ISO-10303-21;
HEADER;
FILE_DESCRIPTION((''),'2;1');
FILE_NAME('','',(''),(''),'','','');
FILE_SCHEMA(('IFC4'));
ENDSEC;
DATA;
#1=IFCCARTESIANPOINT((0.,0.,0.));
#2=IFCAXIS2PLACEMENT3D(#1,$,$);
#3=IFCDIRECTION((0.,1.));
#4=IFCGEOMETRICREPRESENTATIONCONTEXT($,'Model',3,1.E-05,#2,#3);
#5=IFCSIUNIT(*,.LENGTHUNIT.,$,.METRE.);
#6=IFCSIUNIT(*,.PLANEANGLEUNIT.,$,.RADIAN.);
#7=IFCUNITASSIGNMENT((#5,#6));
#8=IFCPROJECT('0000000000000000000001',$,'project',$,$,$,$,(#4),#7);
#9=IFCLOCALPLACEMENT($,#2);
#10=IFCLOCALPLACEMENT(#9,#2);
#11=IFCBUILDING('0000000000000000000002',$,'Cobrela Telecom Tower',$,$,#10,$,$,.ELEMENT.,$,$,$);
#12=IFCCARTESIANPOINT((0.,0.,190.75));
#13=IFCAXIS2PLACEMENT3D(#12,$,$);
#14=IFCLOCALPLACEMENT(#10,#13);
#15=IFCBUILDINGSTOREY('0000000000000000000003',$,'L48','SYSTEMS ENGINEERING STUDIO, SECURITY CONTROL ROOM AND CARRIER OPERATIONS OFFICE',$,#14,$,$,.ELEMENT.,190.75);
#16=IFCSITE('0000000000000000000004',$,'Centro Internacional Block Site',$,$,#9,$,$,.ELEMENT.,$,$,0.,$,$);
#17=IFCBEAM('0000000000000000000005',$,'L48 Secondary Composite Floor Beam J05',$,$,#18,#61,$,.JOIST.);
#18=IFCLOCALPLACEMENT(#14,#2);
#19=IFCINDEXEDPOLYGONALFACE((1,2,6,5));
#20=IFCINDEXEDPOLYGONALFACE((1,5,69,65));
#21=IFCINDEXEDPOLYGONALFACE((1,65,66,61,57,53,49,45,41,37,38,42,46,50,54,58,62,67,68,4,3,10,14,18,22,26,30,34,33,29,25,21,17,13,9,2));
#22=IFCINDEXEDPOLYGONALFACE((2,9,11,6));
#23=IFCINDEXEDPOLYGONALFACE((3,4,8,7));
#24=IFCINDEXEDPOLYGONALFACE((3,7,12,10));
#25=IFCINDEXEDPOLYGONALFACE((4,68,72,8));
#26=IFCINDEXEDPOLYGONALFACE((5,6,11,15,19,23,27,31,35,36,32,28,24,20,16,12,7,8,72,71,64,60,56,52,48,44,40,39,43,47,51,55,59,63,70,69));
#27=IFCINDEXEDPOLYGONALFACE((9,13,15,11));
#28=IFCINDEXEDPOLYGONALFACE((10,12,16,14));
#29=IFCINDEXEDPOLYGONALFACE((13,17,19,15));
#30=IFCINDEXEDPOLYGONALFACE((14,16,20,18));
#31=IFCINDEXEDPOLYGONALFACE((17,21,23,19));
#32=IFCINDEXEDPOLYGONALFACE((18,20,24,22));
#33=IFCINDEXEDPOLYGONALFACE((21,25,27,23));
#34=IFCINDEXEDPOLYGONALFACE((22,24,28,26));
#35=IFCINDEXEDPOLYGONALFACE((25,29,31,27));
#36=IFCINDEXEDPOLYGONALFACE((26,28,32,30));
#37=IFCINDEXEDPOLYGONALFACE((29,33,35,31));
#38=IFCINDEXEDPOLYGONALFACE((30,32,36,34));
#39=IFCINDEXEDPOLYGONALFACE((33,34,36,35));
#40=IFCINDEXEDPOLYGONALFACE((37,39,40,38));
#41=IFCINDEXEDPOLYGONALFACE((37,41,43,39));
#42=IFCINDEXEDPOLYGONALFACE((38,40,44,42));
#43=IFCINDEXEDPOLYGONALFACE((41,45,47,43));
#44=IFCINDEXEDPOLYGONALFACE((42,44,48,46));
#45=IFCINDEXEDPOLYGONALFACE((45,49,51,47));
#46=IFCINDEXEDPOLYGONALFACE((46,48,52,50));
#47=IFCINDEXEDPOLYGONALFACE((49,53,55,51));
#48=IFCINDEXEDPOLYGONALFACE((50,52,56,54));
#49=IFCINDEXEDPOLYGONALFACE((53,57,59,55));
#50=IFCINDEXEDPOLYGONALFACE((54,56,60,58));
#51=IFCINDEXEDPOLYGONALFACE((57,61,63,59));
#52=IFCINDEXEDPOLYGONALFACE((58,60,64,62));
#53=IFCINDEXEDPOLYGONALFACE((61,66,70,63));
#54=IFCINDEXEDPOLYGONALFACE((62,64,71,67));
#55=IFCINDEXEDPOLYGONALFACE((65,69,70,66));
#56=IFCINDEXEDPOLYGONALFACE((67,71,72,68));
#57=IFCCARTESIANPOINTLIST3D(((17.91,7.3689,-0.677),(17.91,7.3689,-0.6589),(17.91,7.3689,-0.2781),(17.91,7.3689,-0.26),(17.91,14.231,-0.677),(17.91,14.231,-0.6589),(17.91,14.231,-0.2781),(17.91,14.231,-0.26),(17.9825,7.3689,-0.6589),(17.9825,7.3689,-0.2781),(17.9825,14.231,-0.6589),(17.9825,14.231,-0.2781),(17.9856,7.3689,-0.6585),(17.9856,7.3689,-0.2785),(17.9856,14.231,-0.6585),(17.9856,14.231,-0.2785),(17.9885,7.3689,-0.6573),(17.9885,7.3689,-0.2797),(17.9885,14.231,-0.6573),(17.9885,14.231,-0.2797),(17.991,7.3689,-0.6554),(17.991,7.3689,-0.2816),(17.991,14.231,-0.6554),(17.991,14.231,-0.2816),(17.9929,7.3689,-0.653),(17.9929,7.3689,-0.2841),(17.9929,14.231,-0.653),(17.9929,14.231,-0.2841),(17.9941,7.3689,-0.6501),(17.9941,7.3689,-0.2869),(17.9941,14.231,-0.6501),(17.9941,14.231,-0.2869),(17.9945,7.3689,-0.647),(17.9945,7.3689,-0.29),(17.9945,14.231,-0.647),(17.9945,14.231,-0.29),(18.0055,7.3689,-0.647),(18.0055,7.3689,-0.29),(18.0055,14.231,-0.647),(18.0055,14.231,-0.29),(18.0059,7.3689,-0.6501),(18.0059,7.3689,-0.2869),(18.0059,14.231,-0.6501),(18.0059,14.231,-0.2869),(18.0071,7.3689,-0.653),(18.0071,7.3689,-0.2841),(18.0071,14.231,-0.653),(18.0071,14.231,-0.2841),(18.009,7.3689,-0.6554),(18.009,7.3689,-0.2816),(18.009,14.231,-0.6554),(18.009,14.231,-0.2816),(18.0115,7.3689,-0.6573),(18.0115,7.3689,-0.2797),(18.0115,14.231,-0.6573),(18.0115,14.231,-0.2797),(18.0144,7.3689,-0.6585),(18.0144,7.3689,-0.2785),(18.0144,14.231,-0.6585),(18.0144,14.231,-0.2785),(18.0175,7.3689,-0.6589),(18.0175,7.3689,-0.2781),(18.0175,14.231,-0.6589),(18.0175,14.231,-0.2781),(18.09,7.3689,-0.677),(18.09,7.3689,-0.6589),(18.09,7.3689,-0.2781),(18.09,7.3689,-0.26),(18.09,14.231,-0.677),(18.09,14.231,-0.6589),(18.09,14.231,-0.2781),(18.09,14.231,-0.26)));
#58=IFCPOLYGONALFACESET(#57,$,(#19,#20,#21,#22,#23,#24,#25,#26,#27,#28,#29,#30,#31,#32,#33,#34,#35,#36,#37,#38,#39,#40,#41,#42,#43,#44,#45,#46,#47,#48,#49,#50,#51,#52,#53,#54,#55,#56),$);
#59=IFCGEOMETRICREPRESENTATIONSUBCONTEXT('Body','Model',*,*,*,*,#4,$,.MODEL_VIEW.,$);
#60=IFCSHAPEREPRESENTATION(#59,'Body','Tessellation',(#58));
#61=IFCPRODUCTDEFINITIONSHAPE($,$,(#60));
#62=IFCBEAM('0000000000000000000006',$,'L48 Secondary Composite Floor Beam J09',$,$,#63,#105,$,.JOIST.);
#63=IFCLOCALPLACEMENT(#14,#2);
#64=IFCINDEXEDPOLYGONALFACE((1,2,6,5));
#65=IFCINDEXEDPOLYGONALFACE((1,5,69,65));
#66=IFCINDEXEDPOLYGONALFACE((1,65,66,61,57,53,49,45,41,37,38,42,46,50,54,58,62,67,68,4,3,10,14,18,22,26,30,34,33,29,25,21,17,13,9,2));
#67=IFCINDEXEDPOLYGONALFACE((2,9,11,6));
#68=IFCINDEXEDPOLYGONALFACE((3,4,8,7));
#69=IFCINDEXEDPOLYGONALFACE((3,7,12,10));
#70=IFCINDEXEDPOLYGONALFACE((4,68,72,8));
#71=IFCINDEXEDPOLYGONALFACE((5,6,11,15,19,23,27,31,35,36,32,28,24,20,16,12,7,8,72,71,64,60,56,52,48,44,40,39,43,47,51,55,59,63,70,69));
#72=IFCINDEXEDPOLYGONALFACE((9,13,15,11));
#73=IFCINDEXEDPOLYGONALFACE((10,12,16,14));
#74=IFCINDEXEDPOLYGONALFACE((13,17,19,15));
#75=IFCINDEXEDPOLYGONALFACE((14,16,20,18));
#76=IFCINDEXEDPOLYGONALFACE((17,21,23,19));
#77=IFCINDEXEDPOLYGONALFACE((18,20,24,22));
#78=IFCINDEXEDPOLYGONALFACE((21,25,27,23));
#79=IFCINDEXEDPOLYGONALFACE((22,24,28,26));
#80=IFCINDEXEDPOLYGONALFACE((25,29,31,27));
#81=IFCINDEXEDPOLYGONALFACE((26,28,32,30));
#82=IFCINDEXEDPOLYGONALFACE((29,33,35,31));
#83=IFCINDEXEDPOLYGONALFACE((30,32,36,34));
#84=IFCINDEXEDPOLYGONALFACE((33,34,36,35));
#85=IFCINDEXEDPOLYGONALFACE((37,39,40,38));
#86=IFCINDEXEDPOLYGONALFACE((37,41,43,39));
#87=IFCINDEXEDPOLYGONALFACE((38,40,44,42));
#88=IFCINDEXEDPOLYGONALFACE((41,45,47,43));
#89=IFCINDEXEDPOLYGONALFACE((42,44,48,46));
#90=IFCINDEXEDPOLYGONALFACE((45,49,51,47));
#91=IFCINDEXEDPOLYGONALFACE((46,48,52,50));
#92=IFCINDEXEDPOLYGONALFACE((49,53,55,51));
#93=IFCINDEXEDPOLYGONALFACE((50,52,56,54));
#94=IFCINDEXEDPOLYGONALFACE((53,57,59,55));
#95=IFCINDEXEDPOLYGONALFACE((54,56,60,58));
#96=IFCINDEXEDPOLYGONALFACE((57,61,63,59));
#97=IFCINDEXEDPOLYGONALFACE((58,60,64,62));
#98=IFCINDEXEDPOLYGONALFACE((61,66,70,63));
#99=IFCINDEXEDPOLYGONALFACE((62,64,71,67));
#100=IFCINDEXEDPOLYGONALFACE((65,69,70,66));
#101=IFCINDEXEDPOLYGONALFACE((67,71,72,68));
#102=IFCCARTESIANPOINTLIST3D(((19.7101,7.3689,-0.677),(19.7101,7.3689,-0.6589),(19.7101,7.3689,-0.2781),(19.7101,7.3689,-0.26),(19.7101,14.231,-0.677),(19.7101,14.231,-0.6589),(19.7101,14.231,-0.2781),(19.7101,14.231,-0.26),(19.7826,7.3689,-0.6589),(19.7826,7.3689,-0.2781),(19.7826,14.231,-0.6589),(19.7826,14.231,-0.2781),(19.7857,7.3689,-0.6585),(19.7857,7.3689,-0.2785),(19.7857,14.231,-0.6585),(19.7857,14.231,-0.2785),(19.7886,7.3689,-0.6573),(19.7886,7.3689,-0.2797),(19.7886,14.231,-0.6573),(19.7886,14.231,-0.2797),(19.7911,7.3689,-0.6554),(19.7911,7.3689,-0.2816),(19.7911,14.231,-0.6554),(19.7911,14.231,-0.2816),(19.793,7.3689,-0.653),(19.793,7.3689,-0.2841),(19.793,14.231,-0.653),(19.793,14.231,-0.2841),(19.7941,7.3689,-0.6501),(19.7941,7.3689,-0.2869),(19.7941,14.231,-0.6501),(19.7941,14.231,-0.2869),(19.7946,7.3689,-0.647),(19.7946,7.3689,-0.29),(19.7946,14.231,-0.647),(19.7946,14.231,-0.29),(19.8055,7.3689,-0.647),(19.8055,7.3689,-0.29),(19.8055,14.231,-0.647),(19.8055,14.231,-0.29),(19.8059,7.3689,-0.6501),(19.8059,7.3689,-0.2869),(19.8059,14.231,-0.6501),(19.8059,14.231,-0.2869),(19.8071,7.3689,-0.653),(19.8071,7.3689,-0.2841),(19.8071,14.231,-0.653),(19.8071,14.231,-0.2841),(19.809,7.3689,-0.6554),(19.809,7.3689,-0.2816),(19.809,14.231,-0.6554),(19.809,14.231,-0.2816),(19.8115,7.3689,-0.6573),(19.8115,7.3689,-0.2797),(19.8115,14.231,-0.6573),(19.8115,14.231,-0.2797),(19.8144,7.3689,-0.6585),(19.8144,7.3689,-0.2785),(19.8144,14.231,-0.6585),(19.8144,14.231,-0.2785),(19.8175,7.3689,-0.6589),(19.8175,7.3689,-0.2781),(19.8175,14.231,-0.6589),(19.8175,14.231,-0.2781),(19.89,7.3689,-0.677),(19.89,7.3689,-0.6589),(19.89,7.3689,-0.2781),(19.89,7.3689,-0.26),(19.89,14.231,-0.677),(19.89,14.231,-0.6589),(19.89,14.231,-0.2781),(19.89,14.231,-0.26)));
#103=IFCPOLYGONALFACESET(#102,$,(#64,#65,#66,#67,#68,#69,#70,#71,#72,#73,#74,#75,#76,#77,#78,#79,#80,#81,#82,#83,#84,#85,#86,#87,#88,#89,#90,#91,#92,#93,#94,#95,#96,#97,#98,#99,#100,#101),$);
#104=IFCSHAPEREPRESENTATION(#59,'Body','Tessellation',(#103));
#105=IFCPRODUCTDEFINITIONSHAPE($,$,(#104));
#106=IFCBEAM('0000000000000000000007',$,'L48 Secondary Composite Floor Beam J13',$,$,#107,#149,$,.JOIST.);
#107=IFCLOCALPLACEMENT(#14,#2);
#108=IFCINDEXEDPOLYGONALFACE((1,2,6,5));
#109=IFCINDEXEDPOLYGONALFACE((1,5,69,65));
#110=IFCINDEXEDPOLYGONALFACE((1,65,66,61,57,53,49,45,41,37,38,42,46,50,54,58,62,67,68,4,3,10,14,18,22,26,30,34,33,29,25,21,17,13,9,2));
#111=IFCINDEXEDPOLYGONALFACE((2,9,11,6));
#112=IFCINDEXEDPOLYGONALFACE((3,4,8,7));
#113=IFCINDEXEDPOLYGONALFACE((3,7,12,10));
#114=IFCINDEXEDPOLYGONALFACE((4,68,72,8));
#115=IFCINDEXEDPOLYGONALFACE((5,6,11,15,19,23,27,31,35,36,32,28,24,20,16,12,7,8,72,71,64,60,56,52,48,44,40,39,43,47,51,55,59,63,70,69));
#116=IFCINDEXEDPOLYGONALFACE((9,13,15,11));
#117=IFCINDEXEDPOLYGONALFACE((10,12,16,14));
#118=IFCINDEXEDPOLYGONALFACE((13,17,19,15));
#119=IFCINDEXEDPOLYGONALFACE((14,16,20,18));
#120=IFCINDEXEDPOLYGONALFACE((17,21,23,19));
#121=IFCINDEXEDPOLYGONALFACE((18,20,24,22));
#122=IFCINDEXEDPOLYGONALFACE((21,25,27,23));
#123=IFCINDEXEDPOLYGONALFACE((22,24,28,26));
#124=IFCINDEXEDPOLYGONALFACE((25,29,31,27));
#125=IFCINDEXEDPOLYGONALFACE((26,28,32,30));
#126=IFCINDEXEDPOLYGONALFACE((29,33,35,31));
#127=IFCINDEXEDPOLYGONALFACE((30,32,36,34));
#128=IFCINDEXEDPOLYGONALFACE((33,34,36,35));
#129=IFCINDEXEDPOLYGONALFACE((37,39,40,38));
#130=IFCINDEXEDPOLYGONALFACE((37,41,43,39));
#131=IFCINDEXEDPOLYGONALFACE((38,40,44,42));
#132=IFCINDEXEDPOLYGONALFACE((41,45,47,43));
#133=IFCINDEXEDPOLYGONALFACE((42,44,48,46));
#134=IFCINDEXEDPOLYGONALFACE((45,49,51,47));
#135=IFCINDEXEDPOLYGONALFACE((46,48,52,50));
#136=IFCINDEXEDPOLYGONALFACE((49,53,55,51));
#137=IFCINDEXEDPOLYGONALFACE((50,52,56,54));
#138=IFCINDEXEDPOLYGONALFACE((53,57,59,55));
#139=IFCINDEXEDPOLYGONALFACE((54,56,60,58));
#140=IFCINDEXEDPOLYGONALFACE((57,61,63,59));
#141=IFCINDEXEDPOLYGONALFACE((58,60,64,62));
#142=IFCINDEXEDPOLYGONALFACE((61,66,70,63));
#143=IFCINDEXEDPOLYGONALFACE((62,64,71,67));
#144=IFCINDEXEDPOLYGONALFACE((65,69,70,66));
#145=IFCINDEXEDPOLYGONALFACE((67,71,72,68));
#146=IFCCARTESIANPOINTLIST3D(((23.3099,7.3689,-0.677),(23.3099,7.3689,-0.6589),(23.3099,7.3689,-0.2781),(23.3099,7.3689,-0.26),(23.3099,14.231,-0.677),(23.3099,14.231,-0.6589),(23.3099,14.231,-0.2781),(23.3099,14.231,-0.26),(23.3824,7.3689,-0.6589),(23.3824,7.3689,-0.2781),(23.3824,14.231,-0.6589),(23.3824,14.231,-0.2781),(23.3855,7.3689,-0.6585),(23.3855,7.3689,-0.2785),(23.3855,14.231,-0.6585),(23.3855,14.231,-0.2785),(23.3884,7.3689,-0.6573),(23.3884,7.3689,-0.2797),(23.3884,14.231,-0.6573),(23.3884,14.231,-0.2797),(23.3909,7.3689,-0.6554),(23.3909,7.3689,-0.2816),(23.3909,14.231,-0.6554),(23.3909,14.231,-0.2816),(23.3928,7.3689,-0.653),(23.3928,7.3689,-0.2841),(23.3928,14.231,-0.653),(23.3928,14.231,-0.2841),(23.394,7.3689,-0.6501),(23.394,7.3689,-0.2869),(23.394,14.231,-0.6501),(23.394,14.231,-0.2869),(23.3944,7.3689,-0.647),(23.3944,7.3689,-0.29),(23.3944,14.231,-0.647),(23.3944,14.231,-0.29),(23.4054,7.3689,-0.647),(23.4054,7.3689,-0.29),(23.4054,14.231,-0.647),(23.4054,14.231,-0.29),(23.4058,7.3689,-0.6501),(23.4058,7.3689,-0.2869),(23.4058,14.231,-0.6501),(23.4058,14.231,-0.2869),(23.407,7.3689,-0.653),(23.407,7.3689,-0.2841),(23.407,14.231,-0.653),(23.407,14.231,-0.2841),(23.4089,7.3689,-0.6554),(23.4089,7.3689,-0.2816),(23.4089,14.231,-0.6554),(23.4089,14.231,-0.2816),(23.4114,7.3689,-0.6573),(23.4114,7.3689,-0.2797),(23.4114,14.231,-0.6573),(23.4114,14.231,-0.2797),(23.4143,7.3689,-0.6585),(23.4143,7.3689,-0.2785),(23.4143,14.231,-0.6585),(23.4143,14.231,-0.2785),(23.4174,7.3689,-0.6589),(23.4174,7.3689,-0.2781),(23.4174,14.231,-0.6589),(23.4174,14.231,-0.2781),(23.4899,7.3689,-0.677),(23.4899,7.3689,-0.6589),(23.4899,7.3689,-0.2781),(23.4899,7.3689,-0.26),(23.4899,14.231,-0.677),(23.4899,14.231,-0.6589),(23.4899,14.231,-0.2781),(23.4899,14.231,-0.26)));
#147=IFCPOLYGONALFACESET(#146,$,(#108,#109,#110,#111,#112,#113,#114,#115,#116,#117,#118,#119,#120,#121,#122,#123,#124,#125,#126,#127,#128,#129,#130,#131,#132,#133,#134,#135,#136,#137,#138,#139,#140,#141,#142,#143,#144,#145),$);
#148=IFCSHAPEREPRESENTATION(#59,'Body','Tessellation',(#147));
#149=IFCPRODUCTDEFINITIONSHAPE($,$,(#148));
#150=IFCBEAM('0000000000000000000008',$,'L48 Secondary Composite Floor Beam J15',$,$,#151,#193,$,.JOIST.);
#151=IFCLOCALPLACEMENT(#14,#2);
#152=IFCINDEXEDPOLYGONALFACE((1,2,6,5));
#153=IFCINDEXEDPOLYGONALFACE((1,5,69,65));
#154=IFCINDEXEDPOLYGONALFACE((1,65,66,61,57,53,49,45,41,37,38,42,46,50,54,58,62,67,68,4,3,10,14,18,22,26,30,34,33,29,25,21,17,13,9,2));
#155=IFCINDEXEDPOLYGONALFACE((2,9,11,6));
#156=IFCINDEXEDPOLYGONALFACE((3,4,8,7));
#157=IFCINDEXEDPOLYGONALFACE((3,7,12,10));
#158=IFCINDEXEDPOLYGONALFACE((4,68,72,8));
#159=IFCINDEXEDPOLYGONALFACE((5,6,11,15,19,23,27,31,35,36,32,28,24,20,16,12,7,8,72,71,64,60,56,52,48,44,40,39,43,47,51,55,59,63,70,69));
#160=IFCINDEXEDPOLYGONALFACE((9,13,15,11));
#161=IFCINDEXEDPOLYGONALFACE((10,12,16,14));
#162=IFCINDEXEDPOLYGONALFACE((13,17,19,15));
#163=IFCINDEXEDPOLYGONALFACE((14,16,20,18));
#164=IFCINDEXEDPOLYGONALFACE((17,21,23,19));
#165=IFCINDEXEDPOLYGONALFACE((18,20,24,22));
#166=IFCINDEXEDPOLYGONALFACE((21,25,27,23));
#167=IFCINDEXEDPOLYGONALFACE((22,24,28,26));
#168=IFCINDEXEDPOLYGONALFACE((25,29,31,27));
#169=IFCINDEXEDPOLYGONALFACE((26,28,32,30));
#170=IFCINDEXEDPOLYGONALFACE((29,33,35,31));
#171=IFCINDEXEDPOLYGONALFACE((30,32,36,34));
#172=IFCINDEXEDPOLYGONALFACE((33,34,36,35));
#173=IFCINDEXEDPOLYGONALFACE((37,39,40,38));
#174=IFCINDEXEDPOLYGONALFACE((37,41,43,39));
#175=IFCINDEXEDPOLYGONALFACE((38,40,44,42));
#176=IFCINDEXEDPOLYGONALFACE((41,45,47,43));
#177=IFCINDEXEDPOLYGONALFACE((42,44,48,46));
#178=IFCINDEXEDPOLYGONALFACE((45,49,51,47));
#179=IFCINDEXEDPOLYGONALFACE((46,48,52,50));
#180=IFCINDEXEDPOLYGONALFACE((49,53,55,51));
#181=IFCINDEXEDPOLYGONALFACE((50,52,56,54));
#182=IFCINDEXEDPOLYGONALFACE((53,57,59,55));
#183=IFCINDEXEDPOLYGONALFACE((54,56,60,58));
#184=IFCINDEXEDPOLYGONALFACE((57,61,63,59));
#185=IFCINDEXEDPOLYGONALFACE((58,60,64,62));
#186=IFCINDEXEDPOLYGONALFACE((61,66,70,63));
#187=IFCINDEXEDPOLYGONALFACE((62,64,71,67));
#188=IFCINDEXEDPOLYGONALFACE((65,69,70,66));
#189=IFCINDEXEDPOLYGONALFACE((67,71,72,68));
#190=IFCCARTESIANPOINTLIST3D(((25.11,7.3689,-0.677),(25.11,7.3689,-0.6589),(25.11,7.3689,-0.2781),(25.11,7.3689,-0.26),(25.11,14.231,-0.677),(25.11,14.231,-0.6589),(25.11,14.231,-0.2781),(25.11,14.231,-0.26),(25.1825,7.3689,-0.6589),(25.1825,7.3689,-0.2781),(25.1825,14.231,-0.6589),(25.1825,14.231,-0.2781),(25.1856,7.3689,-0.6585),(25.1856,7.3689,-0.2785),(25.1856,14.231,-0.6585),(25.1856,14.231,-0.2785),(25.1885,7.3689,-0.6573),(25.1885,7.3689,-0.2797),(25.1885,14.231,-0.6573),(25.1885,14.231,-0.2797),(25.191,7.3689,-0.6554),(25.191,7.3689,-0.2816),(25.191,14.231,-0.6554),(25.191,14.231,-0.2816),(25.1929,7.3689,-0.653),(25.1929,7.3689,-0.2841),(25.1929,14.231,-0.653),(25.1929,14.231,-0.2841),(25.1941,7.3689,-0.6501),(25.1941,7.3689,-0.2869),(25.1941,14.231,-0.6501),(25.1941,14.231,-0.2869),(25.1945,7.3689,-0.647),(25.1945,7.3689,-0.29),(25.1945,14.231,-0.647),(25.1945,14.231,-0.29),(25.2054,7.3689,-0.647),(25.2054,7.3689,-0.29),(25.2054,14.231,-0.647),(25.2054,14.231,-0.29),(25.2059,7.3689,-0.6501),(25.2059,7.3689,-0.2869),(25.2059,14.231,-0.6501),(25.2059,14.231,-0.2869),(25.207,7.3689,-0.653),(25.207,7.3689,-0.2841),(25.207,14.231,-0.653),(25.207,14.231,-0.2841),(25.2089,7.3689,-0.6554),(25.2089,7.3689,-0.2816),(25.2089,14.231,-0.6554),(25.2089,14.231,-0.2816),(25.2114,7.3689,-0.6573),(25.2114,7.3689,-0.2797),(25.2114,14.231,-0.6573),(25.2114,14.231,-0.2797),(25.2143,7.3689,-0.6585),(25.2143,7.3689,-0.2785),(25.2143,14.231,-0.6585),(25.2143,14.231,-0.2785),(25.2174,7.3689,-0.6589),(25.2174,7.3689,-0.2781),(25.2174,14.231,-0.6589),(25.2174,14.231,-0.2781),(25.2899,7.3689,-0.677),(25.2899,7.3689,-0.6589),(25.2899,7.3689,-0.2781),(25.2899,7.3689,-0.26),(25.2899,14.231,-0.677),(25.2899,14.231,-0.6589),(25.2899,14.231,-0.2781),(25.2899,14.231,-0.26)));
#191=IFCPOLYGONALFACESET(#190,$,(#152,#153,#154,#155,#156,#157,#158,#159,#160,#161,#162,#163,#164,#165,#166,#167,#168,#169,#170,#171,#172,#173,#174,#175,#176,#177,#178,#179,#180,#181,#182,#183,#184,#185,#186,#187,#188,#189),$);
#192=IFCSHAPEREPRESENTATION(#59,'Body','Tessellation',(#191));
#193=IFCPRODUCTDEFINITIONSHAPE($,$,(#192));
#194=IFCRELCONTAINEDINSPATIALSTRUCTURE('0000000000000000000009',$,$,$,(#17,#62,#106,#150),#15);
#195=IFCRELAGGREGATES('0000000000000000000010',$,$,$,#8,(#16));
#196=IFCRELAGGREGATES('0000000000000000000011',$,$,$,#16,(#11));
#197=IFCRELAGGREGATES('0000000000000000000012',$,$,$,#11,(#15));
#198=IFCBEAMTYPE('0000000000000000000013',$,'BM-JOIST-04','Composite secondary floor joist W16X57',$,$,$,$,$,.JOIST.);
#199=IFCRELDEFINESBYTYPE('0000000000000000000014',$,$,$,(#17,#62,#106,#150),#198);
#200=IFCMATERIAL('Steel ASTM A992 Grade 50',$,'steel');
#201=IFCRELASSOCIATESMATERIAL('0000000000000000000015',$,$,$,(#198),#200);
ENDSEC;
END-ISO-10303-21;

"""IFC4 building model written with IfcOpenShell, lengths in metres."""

from ifc_helpers import new_model, si_unit, direction, frame, origin, origin_2d, place, context, subcontext, project, spatial, i_section, extrude, material, material_profile, profile_set, type_object, element, save


model = new_model("IFC4")

# Units and contexts
model_context = context("Model", 3, precision=1e-05, world=origin(), true_north=direction((0.0, 1.0)))
body_context = subcontext(model_context, "Body", "Model", "MODEL_VIEW")
ifc_project = project(units=[si_unit("LENGTHUNIT", "METRE"), si_unit("PLANEANGLEUNIT", "RADIAN")], contexts=[model_context])

# Site, building, storey
site_placement = place(None, origin())
site = spatial("IfcSite", under=ifc_project, at=site_placement, Name="Centro Internacional Block Site", CompositionType="ELEMENT", RefElevation=0.0)
building_placement = place(site_placement, origin())
building = spatial("IfcBuilding", under=site, at=building_placement, Name="Cobrela Telecom Tower", CompositionType="ELEMENT")
storey_placement = place(building_placement, frame((0.0, 0.0, 190.75)))
storey = spatial("IfcBuildingStorey", under=building, at=storey_placement, Name="L48", Description="SYSTEMS ENGINEERING STUDIO, SECURITY CONTROL ROOM AND CARRIER OPERATIONS OFFICE", CompositionType="ELEMENT", Elevation=190.75)

# Shared definitions
ifc_material_1 = material(Name="Steel ASTM A992 Grade 50", Category="steel")

# Beams
ifc_material_profile_1 = material_profile(ifc_material_1, i_section(OverallWidth=0.1799, OverallDepth=0.417, WebThickness=0.011, FlangeThickness=0.0181, FilletRadius=0.012, at=origin_2d()), Name="W16X57")
ifc_profile_set_1 = profile_set([ifc_material_profile_1], Name="Steel ASTM A992 Grade 50")
beam_type_1 = type_object("IfcBeamType", Name="BM-JOIST-04", Description="Composite secondary floor joist W16X57", PredefinedType="JOIST", material=ifc_profile_set_1)
for number, where, z_axis, x_axis, name in (
    (1, (18.0, 7.3689, -0.4685), (0.0, 1.0, 0.0), (-1.0, 0.0, 0.0), "L48 Secondary Composite Floor Beam J05"),
    (2, (19.8, 7.3689, -0.4685), (0.0, 1.0, 0.0), (-1.0, 0.0, 0.0), "L48 Secondary Composite Floor Beam J09"),
    (3, (23.3999, 7.3689, -0.4685), (0.0, 1.0, 0.0), (-1.0, 0.0, 0.0), "L48 Secondary Composite Floor Beam J13"),
    (4, (25.2, 7.3689, -0.4685), (0.0, 1.0, 0.0), (-1.0, 0.0, 0.0), "L48 Secondary Composite Floor Beam J15"),
):
    element("IfcBeam", number, at=place(storey_placement, frame(where, z_axis=z_axis, x_axis=x_axis)), inside=storey, type_object=beam_type_1, Name=name, PredefinedType="JOIST", context=body_context, shape_type="SweptSolid", body=[
        extrude(i_section(OverallWidth=0.1799, OverallDepth=0.417, WebThickness=0.011, FlangeThickness=0.0181, FilletRadius=0.012, at=origin_2d()), origin(), (0.0, 0.0, 1.0), 6.8621),
    ])

save(model, "model.ifc")
